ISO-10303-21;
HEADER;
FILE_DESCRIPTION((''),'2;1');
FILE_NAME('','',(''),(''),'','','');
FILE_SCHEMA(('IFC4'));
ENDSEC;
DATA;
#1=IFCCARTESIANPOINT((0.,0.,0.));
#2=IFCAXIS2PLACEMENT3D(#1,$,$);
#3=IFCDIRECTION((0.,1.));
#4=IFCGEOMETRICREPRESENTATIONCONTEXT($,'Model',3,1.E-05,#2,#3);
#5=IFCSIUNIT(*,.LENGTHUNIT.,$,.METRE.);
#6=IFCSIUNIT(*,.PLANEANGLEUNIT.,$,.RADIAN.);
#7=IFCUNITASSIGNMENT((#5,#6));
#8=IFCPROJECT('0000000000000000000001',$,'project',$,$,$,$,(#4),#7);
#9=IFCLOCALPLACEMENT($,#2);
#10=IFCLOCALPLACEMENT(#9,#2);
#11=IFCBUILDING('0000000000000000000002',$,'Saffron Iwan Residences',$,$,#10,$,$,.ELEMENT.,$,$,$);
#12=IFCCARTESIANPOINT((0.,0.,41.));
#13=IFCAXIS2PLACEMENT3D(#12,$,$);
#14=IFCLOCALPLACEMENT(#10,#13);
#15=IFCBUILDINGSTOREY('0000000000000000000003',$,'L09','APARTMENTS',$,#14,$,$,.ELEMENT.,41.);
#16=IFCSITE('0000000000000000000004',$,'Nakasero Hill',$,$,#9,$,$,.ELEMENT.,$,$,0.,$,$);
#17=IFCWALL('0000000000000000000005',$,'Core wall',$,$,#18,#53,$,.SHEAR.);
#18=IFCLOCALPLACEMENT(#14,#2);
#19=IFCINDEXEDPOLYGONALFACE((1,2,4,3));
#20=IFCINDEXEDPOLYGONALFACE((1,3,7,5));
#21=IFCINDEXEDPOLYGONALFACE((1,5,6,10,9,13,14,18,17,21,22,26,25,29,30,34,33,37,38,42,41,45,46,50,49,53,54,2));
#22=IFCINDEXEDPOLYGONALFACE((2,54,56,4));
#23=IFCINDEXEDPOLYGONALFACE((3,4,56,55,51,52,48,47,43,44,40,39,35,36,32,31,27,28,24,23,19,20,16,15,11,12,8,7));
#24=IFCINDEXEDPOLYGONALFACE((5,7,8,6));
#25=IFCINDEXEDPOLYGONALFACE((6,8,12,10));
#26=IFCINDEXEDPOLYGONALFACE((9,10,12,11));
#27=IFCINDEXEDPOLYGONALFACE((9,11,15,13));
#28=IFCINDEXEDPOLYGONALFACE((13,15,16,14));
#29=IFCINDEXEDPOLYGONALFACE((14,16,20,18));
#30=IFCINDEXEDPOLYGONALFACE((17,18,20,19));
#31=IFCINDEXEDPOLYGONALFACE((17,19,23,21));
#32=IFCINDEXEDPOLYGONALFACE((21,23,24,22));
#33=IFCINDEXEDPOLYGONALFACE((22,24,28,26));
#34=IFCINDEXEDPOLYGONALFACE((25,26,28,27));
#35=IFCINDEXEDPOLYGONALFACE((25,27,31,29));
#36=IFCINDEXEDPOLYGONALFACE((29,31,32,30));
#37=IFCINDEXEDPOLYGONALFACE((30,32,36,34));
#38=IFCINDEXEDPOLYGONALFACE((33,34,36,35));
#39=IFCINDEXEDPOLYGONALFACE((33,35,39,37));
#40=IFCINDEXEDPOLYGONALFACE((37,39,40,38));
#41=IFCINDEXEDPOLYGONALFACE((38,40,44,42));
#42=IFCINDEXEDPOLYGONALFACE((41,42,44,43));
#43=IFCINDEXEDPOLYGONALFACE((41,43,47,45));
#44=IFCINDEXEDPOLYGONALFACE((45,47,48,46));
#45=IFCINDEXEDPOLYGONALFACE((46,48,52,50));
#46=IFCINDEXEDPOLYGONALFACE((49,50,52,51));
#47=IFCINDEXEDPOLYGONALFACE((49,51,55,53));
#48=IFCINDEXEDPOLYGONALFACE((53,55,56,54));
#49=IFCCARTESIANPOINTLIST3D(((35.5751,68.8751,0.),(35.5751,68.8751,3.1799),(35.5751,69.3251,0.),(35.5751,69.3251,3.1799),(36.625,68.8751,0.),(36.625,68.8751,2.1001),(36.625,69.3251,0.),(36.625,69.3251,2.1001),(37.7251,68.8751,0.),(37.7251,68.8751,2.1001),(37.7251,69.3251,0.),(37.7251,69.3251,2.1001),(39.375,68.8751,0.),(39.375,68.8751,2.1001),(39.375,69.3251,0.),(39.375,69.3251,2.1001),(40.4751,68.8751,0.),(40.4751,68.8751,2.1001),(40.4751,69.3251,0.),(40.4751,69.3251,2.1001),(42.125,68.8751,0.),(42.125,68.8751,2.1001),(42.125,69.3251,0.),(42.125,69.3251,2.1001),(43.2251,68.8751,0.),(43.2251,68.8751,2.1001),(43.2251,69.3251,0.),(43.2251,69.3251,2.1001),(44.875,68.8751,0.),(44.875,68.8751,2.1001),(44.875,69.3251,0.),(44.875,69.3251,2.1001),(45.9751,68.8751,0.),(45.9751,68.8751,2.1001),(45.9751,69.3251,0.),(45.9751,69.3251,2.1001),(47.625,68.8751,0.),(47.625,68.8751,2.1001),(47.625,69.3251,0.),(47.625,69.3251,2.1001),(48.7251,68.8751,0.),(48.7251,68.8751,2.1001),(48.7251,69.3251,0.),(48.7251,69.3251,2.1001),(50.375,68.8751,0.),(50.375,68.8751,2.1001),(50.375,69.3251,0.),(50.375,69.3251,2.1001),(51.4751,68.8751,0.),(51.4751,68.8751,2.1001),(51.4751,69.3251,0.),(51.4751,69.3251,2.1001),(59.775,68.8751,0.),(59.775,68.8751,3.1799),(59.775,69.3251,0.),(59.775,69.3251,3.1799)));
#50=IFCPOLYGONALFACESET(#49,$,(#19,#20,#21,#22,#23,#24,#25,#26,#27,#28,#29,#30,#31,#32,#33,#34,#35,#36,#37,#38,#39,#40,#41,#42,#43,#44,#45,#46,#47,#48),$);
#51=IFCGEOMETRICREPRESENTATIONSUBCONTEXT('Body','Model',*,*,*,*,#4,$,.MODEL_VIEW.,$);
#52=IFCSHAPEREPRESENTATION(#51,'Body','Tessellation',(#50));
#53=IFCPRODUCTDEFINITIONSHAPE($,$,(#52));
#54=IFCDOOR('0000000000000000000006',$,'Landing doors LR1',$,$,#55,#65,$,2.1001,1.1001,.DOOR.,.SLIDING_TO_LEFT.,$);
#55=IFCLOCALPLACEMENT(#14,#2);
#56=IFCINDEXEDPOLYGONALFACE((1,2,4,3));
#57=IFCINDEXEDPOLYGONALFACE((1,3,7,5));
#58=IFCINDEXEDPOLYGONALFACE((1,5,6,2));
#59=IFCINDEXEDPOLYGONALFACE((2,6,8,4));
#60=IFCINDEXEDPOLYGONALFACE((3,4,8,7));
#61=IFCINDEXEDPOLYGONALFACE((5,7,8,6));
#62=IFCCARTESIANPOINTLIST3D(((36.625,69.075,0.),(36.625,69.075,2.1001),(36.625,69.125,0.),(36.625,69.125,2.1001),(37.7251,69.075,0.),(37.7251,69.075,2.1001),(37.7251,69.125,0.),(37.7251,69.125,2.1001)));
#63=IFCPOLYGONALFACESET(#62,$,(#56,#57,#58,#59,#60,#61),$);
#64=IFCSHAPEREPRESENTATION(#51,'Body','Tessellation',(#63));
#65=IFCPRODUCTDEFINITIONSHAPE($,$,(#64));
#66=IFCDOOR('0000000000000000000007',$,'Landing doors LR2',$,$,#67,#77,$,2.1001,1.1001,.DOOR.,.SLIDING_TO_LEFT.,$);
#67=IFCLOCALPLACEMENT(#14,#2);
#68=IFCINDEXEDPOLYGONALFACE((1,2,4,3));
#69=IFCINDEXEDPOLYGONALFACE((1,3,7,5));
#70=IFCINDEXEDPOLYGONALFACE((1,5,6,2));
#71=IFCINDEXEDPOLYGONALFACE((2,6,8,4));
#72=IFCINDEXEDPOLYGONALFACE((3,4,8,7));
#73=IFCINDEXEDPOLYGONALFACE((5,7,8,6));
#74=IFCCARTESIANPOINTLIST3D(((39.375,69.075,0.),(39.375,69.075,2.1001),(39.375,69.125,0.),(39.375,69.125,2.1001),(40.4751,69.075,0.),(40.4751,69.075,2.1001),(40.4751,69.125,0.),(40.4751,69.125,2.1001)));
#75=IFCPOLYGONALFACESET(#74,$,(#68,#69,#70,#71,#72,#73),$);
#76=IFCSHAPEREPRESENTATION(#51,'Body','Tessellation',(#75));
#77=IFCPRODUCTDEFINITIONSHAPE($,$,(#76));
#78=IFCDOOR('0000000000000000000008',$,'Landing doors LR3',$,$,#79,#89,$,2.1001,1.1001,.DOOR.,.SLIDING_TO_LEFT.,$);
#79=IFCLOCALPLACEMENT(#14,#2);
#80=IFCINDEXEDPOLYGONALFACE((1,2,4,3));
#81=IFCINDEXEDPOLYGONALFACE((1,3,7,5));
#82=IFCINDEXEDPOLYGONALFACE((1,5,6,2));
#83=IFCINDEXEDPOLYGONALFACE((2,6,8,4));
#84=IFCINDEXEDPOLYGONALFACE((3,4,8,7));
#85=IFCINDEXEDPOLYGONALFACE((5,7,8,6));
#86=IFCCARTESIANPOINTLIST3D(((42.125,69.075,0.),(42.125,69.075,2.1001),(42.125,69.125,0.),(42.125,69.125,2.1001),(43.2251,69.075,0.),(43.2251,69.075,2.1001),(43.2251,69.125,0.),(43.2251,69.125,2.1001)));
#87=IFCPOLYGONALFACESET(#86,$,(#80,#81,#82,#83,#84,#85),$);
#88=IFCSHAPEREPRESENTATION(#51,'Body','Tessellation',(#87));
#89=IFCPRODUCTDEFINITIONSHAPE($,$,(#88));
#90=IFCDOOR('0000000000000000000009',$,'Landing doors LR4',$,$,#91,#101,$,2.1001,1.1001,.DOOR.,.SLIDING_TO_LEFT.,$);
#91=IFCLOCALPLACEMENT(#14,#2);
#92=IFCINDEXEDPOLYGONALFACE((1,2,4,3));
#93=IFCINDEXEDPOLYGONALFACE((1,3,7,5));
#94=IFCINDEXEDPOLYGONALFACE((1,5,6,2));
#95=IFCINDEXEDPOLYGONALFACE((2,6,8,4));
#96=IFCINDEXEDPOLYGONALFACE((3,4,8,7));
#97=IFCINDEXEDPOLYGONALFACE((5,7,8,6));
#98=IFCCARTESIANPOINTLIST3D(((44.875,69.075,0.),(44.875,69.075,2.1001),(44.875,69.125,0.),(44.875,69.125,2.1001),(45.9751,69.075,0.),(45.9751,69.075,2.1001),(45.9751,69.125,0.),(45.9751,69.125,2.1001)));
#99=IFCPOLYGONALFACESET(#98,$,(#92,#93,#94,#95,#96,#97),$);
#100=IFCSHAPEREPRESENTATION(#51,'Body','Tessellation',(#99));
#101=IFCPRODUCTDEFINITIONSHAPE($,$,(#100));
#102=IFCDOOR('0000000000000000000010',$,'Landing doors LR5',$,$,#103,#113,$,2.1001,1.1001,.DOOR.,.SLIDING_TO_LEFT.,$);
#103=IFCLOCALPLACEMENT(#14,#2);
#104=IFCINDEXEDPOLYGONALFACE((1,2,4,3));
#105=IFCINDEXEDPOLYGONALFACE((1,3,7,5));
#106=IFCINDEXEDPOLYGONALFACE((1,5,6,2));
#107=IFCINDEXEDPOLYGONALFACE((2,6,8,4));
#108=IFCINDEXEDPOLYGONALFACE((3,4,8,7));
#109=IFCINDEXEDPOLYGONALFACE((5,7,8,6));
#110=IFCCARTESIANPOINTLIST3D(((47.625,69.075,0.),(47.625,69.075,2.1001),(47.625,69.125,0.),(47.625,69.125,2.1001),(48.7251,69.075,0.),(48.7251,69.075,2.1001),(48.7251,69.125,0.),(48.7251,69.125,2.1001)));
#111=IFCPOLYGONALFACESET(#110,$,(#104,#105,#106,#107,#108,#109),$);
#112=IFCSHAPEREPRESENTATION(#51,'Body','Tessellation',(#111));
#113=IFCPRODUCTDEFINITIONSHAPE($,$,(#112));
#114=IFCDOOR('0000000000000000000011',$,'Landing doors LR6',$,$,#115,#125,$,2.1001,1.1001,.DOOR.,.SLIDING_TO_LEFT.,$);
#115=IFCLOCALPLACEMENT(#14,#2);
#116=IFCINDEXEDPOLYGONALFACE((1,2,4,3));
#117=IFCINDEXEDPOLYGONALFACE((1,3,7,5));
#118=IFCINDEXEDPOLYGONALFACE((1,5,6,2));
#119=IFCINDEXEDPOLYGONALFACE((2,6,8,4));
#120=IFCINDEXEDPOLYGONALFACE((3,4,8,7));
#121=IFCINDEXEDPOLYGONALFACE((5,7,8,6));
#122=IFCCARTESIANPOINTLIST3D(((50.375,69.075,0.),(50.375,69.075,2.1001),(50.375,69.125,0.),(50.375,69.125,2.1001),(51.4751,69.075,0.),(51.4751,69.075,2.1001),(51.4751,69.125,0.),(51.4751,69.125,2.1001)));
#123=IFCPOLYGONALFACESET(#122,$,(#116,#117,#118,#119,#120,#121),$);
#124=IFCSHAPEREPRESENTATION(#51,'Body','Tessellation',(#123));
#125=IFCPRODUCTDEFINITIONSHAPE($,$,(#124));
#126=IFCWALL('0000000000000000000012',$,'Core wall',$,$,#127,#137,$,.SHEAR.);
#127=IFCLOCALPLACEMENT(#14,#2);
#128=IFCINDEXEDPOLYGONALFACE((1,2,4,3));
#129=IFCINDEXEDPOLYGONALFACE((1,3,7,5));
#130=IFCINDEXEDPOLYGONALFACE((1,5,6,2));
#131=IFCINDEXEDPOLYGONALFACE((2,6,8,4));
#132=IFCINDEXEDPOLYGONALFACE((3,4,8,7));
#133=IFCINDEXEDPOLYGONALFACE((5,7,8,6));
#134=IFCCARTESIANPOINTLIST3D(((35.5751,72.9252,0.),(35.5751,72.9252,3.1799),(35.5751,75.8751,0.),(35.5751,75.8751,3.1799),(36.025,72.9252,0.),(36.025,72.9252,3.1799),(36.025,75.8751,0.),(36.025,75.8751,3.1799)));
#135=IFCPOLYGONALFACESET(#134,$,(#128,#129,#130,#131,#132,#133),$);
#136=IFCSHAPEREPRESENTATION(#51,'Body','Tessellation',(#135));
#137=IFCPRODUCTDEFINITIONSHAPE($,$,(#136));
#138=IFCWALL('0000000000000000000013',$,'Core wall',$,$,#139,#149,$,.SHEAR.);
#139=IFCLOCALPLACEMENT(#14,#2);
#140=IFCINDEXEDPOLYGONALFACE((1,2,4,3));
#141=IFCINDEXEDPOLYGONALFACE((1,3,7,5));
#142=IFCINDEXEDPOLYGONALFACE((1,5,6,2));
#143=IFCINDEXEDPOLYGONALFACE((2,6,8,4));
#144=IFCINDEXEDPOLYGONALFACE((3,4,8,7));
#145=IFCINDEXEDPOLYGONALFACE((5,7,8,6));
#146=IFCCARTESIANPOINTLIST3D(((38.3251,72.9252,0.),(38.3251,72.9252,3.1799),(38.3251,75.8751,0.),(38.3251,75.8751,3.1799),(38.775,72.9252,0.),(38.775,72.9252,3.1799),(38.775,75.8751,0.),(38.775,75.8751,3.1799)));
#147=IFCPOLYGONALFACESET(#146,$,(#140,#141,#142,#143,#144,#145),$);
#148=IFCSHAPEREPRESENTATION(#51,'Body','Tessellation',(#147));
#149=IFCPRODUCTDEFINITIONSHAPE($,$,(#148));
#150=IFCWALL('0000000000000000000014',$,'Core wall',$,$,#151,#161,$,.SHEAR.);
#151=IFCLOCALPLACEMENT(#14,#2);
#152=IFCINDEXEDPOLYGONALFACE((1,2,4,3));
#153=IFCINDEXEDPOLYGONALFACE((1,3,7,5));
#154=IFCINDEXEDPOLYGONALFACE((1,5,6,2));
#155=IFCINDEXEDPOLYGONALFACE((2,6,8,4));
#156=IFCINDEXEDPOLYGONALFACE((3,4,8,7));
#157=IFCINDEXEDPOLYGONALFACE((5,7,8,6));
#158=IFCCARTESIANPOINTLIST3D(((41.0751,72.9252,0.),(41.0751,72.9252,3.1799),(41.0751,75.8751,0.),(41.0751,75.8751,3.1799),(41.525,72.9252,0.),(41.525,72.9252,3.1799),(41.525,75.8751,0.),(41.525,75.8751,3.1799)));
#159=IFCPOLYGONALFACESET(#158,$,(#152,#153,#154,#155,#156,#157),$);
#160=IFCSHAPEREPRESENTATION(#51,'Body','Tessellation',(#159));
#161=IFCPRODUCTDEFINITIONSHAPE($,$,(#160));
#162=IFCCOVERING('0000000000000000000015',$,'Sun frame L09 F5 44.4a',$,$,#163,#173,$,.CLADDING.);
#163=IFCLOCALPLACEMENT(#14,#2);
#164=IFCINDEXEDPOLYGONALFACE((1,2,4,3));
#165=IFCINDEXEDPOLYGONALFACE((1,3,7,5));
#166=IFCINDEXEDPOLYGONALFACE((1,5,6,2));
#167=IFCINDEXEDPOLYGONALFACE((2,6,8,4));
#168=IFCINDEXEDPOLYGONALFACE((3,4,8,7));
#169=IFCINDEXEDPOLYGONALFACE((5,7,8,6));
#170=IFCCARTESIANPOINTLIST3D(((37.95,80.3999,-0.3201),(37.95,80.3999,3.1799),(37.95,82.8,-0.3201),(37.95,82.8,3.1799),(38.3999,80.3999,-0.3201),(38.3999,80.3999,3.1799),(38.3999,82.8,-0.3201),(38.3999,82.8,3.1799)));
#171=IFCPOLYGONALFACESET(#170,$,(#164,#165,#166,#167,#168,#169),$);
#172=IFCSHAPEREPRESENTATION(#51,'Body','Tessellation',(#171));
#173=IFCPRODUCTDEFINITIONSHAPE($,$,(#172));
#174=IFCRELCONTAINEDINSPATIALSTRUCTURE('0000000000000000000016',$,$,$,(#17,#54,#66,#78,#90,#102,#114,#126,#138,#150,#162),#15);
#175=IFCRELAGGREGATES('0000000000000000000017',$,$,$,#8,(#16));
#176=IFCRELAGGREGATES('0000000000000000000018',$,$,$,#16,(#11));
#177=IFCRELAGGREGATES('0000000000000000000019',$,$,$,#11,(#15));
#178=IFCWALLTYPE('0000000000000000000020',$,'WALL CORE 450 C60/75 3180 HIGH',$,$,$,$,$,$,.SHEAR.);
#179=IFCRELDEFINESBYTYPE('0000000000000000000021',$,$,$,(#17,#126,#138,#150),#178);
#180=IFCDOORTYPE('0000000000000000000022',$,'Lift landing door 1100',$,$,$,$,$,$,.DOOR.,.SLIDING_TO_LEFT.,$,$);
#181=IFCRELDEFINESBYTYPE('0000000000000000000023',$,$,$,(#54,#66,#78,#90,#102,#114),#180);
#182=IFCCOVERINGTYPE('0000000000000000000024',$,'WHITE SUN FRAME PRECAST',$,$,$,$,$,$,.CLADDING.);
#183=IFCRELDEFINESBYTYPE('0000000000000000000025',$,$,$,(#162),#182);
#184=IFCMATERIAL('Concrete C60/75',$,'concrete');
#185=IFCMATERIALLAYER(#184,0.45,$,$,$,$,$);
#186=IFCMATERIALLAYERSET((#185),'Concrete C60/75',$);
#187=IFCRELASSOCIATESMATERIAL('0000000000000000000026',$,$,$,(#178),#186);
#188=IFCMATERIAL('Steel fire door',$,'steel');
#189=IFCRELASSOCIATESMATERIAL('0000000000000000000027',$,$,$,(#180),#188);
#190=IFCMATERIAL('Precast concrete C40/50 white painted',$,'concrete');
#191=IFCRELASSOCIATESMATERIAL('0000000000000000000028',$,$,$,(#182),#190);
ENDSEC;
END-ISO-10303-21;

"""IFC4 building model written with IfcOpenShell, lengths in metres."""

from ifc_helpers import new_model, si_unit, direction, frame, frame_2d, origin, place, context, subcontext, project, spatial, polyline, rectangle, outline, extrude, material, layer, layer_set, type_object, element, fill, save


model = new_model("IFC4")

# Units and contexts
model_context = context("Model", 3, precision=1e-05, world=origin(), true_north=direction((0.0, 1.0)))
body_context = subcontext(model_context, "Body", "Model", "MODEL_VIEW")
ifc_project = project(units=[si_unit("LENGTHUNIT", "METRE"), si_unit("PLANEANGLEUNIT", "RADIAN")], contexts=[model_context])

# Site, building, storey
site_placement = place(None, origin())
site = spatial("IfcSite", under=ifc_project, at=site_placement, Name="Nakasero Hill", CompositionType="ELEMENT", RefElevation=0.0)
building_placement = place(site_placement, origin())
building = spatial("IfcBuilding", under=site, at=building_placement, Name="Saffron Iwan Residences", CompositionType="ELEMENT")
storey_placement = place(building_placement, frame((0.0, 0.0, 41.0)))
storey = spatial("IfcBuildingStorey", under=building, at=storey_placement, Name="L09", Description="APARTMENTS", CompositionType="ELEMENT", Elevation=41.0)

# Shared definitions
ifc_material_1 = material(Name="Concrete C60/75", Category="concrete")

# Shared definitions
ifc_material_2 = material(Name="Steel fire door", Category="steel")

# Wall, openings, doors
ifc_layer_1 = layer(ifc_material_1, 0.45)
ifc_layer_set_1 = layer_set([ifc_layer_1], Name="Concrete C60/75")
wall_type_1 = type_object("IfcWallType", Name="WALL CORE 450 C60/75 3180 HIGH", PredefinedType="SHEAR", material=ifc_layer_set_1)
wall_1_placement = place(storey_placement, frame((35.575, 69.1001, 0.0), z_axis=(0.0, 0.0, 1.0), x_axis=(1.0, 0.0, 0.0)))
wall_1 = element("IfcWall", 1, at=wall_1_placement, inside=storey, type_object=wall_type_1, Name="Core wall", PredefinedType="SHEAR", context=body_context, shape_type="SweptSolid", body=[
    extrude(rectangle(XDim=24.2, YDim=0.45, at=frame_2d((12.1001, 0.0))), origin(), (0.0, 0.0, 1.0), 3.1799),
])
opening_1_placement = place(wall_1_placement, frame((1.05, 0.0, 0.0)))
opening_1 = element("IfcOpeningElement", 2, at=opening_1_placement, cuts=wall_1, PredefinedType="OPENING", context=body_context, shape_type="SweptSolid", body=[
    extrude(rectangle(XDim=1.1001, YDim=2.1001, at=frame_2d((0.55, 1.05))), frame((0.0, 0.2349, 0.0), z_axis=(0.0, -1.0, 0.0), x_axis=(1.0, 0.0, 0.0)), (0.0, 0.0, 1.0), 0.47),
])
opening_2_placement = place(wall_1_placement, frame((3.8, 0.0, 0.0)))
opening_2 = element("IfcOpeningElement", 3, at=opening_2_placement, cuts=wall_1, PredefinedType="OPENING", context=body_context, shape_type="SweptSolid", body=[
    extrude(rectangle(XDim=1.1001, YDim=2.1001, at=frame_2d((0.55, 1.05))), frame((0.0, 0.2349, 0.0), z_axis=(0.0, -1.0, 0.0), x_axis=(1.0, 0.0, 0.0)), (0.0, 0.0, 1.0), 0.47),
])
opening_3_placement = place(wall_1_placement, frame((6.55, 0.0, 0.0)))
opening_3 = element("IfcOpeningElement", 4, at=opening_3_placement, cuts=wall_1, PredefinedType="OPENING", context=body_context, shape_type="SweptSolid", body=[
    extrude(rectangle(XDim=1.1001, YDim=2.1001, at=frame_2d((0.55, 1.05))), frame((0.0, 0.2349, 0.0), z_axis=(0.0, -1.0, 0.0), x_axis=(1.0, 0.0, 0.0)), (0.0, 0.0, 1.0), 0.47),
])
opening_4_placement = place(wall_1_placement, frame((9.3, 0.0, 0.0)))
opening_4 = element("IfcOpeningElement", 5, at=opening_4_placement, cuts=wall_1, PredefinedType="OPENING", context=body_context, shape_type="SweptSolid", body=[
    extrude(rectangle(XDim=1.1001, YDim=2.1001, at=frame_2d((0.55, 1.05))), frame((0.0, 0.2349, 0.0), z_axis=(0.0, -1.0, 0.0), x_axis=(1.0, 0.0, 0.0)), (0.0, 0.0, 1.0), 0.47),
])
opening_5_placement = place(wall_1_placement, frame((12.05, 0.0, 0.0)))
opening_5 = element("IfcOpeningElement", 6, at=opening_5_placement, cuts=wall_1, PredefinedType="OPENING", context=body_context, shape_type="SweptSolid", body=[
    extrude(rectangle(XDim=1.1001, YDim=2.1001, at=frame_2d((0.55, 1.05))), frame((0.0, 0.2349, 0.0), z_axis=(0.0, -1.0, 0.0), x_axis=(1.0, 0.0, 0.0)), (0.0, 0.0, 1.0), 0.47),
])
opening_6_placement = place(wall_1_placement, frame((14.8, 0.0, 0.0)))
opening_6 = element("IfcOpeningElement", 7, at=opening_6_placement, cuts=wall_1, PredefinedType="OPENING", context=body_context, shape_type="SweptSolid", body=[
    extrude(rectangle(XDim=1.1001, YDim=2.1001, at=frame_2d((0.55, 1.05))), frame((0.0, 0.2349, 0.0), z_axis=(0.0, -1.0, 0.0), x_axis=(1.0, 0.0, 0.0)), (0.0, 0.0, 1.0), 0.47),
])
door_type_1 = type_object("IfcDoorType", Name="Lift landing door 1100", OperationType="SLIDING_TO_LEFT", PredefinedType="DOOR", material=ifc_material_2)
door_1_placement = place(opening_1_placement, origin())
door_1 = element("IfcDoor", 8, at=door_1_placement, inside=storey, type_object=door_type_1, Name="Landing doors LR1", OperationType="SLIDING_TO_LEFT", OverallHeight=2.1001, OverallWidth=1.1001, PredefinedType="DOOR", context=body_context, shape_type="SweptSolid", body=[
    extrude(rectangle(XDim=1.1001, YDim=2.1001, at=frame_2d((0.55, 1.05))), frame((0.0, 0.0249, 0.0), z_axis=(0.0, -1.0, 0.0), x_axis=(1.0, 0.0, 0.0)), (0.0, 0.0, 1.0), 0.05),
])
fill(opening_1, door_1)
door_2_placement = place(opening_2_placement, origin())
door_2 = element("IfcDoor", 9, at=door_2_placement, inside=storey, type_object=door_type_1, Name="Landing doors LR2", OperationType="SLIDING_TO_LEFT", OverallHeight=2.1001, OverallWidth=1.1001, PredefinedType="DOOR", context=body_context, shape_type="SweptSolid", body=[
    extrude(rectangle(XDim=1.1001, YDim=2.1001, at=frame_2d((0.55, 1.05))), frame((0.0, 0.0249, 0.0), z_axis=(0.0, -1.0, 0.0), x_axis=(1.0, 0.0, 0.0)), (0.0, 0.0, 1.0), 0.05),
])
fill(opening_2, door_2)
door_3_placement = place(opening_3_placement, origin())
door_3 = element("IfcDoor", 10, at=door_3_placement, inside=storey, type_object=door_type_1, Name="Landing doors LR3", OperationType="SLIDING_TO_LEFT", OverallHeight=2.1001, OverallWidth=1.1001, PredefinedType="DOOR", context=body_context, shape_type="SweptSolid", body=[
    extrude(rectangle(XDim=1.1001, YDim=2.1001, at=frame_2d((0.55, 1.05))), frame((0.0, 0.0249, 0.0), z_axis=(0.0, -1.0, 0.0), x_axis=(1.0, 0.0, 0.0)), (0.0, 0.0, 1.0), 0.05),
])
fill(opening_3, door_3)
door_4_placement = place(opening_4_placement, origin())
door_4 = element("IfcDoor", 11, at=door_4_placement, inside=storey, type_object=door_type_1, Name="Landing doors LR4", OperationType="SLIDING_TO_LEFT", OverallHeight=2.1001, OverallWidth=1.1001, PredefinedType="DOOR", context=body_context, shape_type="SweptSolid", body=[
    extrude(rectangle(XDim=1.1001, YDim=2.1001, at=frame_2d((0.55, 1.05))), frame((0.0, 0.0249, 0.0), z_axis=(0.0, -1.0, 0.0), x_axis=(1.0, 0.0, 0.0)), (0.0, 0.0, 1.0), 0.05),
])
fill(opening_4, door_4)
door_5_placement = place(opening_5_placement, origin())
door_5 = element("IfcDoor", 12, at=door_5_placement, inside=storey, type_object=door_type_1, Name="Landing doors LR5", OperationType="SLIDING_TO_LEFT", OverallHeight=2.1001, OverallWidth=1.1001, PredefinedType="DOOR", context=body_context, shape_type="SweptSolid", body=[
    extrude(rectangle(XDim=1.1001, YDim=2.1001, at=frame_2d((0.55, 1.05))), frame((0.0, 0.0249, 0.0), z_axis=(0.0, -1.0, 0.0), x_axis=(1.0, 0.0, 0.0)), (0.0, 0.0, 1.0), 0.05),
])
fill(opening_5, door_5)
door_6_placement = place(opening_6_placement, origin())
door_6 = element("IfcDoor", 13, at=door_6_placement, inside=storey, type_object=door_type_1, Name="Landing doors LR6", OperationType="SLIDING_TO_LEFT", OverallHeight=2.1001, OverallWidth=1.1001, PredefinedType="DOOR", context=body_context, shape_type="SweptSolid", body=[
    extrude(rectangle(XDim=1.1001, YDim=2.1001, at=frame_2d((0.55, 1.05))), frame((0.0, 0.0249, 0.0), z_axis=(0.0, -1.0, 0.0), x_axis=(1.0, 0.0, 0.0)), (0.0, 0.0, 1.0), 0.05),
])
fill(opening_6, door_6)

# Walls
for number, where, z_axis, x_axis, name in (
    (14, (35.8, 72.925, 0.0), (0.0, 0.0, 1.0), (0.0, 1.0, 0.0), "Core wall"),
    (15, (38.55, 72.925, 0.0), (0.0, 0.0, 1.0), (0.0, 1.0, 0.0), "Core wall"),
    (16, (41.3, 72.925, 0.0), (0.0, 0.0, 1.0), (0.0, 1.0, 0.0), "Core wall"),
):
    element("IfcWall", number, at=place(storey_placement, frame(where, z_axis=z_axis, x_axis=x_axis)), inside=storey, type_object=wall_type_1, Name=name, PredefinedType="SHEAR", context=body_context, shape_type="SweptSolid", body=[
        extrude(rectangle(XDim=2.95, YDim=0.45, at=frame_2d((1.4751, 0.0))), origin(), (0.0, 0.0, 1.0), 3.1799),
    ])

# Covering
ifc_material_3 = material(Name="Precast concrete C40/50 white painted", Category="concrete")
covering_type = type_object("IfcCoveringType", Name="WHITE SUN FRAME PRECAST", PredefinedType="CLADDING", material=ifc_material_3)
covering_placement = place(storey_placement, frame((38.3999, 80.3999, -0.3201), z_axis=(0.0, 1.0, 0.0), x_axis=(-1.0, 0.0, 0.0)))
element("IfcCovering", 17, at=covering_placement, inside=storey, type_object=covering_type, Name="Sun frame L09 F5 44.4a", PredefinedType="CLADDING", context=body_context, shape_type="SweptSolid", body=[
    extrude(outline(polyline([(0.0, 0.0), (0.45, 0.0), (0.45, 3.5), (0.0, 3.5), (0.0, 0.0)])), origin(), (0.0, 0.0, 1.0), 2.4001),
])

save(model, "model.ifc")
